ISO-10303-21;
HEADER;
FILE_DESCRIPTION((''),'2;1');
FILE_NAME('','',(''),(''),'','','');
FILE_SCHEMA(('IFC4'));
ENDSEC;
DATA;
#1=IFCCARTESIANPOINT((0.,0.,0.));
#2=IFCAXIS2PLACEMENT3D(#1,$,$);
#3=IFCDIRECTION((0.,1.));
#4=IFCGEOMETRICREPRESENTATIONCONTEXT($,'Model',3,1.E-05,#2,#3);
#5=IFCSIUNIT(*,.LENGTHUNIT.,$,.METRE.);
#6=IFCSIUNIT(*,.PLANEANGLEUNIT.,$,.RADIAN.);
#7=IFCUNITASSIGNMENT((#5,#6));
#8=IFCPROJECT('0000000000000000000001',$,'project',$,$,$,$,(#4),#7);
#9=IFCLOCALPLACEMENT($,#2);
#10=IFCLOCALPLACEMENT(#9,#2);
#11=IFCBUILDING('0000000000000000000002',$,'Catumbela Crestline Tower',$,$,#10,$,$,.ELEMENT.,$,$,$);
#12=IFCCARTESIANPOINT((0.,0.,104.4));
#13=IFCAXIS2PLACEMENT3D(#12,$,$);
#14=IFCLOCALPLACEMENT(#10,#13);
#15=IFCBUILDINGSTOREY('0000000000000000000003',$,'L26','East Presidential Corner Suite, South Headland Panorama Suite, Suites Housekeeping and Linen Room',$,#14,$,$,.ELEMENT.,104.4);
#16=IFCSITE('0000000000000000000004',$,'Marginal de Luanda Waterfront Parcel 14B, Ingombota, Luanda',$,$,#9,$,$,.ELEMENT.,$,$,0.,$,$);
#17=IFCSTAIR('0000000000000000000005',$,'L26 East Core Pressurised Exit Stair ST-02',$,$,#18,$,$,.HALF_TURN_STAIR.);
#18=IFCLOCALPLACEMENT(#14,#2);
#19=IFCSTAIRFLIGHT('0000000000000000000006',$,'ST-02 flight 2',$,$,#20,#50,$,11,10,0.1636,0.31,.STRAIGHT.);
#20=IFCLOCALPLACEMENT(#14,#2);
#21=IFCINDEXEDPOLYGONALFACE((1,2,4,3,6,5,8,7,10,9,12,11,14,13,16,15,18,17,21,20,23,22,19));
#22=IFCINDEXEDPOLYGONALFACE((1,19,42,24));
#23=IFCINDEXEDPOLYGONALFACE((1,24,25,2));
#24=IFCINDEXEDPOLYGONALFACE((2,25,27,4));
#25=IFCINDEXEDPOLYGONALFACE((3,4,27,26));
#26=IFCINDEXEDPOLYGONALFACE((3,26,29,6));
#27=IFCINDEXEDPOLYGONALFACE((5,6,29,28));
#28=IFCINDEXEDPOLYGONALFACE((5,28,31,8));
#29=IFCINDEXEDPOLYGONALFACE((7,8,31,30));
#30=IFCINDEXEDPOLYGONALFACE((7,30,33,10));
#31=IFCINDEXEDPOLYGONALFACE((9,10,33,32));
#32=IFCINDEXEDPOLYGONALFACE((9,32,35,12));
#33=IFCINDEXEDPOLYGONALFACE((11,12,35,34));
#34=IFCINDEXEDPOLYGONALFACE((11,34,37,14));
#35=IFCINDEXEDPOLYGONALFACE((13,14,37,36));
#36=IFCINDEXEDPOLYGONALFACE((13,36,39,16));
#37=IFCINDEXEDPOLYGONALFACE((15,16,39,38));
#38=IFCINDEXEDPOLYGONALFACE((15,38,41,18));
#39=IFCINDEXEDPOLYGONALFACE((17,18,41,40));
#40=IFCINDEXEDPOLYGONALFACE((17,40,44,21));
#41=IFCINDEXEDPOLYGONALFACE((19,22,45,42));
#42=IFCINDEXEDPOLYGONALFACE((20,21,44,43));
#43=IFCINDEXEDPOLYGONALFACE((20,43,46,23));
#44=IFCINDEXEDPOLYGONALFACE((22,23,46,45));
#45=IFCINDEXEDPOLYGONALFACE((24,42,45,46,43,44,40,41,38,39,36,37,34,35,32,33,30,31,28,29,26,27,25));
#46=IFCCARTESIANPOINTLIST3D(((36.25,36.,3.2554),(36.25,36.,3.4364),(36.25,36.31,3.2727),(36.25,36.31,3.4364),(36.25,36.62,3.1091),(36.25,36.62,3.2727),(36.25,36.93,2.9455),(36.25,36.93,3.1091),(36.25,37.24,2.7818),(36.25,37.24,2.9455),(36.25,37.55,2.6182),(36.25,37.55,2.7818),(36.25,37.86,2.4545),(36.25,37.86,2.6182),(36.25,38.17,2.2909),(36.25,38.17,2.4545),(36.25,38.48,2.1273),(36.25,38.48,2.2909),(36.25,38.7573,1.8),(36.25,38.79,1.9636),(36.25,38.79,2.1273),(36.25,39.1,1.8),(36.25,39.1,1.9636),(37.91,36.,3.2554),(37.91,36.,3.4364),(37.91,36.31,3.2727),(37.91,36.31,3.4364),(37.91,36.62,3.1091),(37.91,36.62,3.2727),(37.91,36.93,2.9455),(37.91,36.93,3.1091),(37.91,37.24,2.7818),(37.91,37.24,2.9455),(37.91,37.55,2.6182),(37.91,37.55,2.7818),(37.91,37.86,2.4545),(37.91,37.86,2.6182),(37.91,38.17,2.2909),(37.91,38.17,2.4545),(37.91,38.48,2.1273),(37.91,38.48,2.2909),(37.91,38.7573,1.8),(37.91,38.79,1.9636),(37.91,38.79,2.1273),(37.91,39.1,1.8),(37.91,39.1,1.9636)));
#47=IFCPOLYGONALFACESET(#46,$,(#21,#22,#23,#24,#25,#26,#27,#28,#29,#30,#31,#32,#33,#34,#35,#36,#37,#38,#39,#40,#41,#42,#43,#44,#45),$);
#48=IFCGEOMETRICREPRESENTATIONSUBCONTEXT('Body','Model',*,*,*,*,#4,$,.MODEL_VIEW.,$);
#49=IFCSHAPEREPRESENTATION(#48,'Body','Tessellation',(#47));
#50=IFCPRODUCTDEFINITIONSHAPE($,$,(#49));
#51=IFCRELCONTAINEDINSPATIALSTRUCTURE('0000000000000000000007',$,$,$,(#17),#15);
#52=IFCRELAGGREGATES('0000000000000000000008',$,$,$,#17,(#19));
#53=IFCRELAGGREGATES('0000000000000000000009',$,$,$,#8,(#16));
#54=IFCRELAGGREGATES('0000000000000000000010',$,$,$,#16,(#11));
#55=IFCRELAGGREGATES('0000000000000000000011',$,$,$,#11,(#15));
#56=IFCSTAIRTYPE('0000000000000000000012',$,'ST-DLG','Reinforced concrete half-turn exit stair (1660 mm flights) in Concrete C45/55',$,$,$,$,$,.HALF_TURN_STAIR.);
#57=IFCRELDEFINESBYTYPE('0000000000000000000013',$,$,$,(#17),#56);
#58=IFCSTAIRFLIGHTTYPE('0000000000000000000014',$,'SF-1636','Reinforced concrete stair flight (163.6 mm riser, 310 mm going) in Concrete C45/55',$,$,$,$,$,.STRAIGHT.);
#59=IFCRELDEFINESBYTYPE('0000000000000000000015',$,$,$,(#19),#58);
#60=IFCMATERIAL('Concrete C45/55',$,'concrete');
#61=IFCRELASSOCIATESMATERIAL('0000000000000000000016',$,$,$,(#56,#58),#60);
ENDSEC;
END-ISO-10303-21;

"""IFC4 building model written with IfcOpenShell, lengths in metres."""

from ifc_helpers import new_model, si_unit, direction, frame, origin, place, context, subcontext, project, spatial, polyline, outline, extrude, material, type_object, element, aggregate, save


model = new_model("IFC4")

# Units and contexts
model_context = context("Model", 3, precision=1e-05, world=origin(), true_north=direction((0.0, 1.0)))
body_context = subcontext(model_context, "Body", "Model", "MODEL_VIEW")
ifc_project = project(units=[si_unit("LENGTHUNIT", "METRE"), si_unit("PLANEANGLEUNIT", "RADIAN")], contexts=[model_context])

# Site, building, storey
site_placement = place(None, origin())
site = spatial("IfcSite", under=ifc_project, at=site_placement, Name="Marginal de Luanda Waterfront Parcel 14B, Ingombota, Luanda", CompositionType="ELEMENT", RefElevation=0.0)
building_placement = place(site_placement, origin())
building = spatial("IfcBuilding", under=site, at=building_placement, Name="Catumbela Crestline Tower", CompositionType="ELEMENT")
storey_placement = place(building_placement, frame((0.0, 0.0, 104.4)))
storey = spatial("IfcBuildingStorey", under=building, at=storey_placement, Name="L26", Description="East Presidential Corner Suite, South Headland Panorama Suite, Suites Housekeeping and Linen Room", CompositionType="ELEMENT", Elevation=104.4)

# Stair, stair flight
ifc_material_1 = material(Name="Concrete C45/55", Category="concrete")
stair_type = type_object("IfcStairType", Name="ST-DLG", Description="Reinforced concrete half-turn exit stair (1660 mm flights) in Concrete C45/55", PredefinedType="HALF_TURN_STAIR", material=ifc_material_1)
stair_placement = place(storey_placement, origin())
stair = element("IfcStair", 1, at=stair_placement, inside=storey, type_object=stair_type, Name="L26 East Core Pressurised Exit Stair ST-02", PredefinedType="HALF_TURN_STAIR")
stair_flight_type = type_object("IfcStairFlightType", Name="SF-1636", Description="Reinforced concrete stair flight (163.6 mm riser, 310 mm going) in Concrete C45/55", PredefinedType="STRAIGHT", material=ifc_material_1)
stair_flight_placement = place(storey_placement, frame((37.08, 39.1, 1.8), z_axis=(0.0, 0.0, 1.0), x_axis=(0.0, -1.0, 0.0)))
stair_flight = element("IfcStairFlight", 2, at=stair_flight_placement, type_object=stair_flight_type, Name="ST-02 flight 2", NumberOfRisers=11, NumberOfTreads=10, PredefinedType="STRAIGHT", RiserHeight=0.1636, TreadLength=0.31, context=body_context, shape_type="SweptSolid", body=[
    extrude(outline(polyline([(0.0, 0.0), (0.0, 0.1636), (0.31, 0.1636), (0.31, 0.3273), (0.62, 0.3273), (0.62, 0.4909), (0.93, 0.4909), (0.93, 0.6545), (1.24, 0.6545), (1.24, 0.8182), (1.55, 0.8182), (1.55, 0.9818), (1.86, 0.9818), (1.86, 1.1455), (2.17, 1.1455), (2.17, 1.3091), (2.48, 1.3091), (2.48, 1.4727), (2.79, 1.4727), (2.79, 1.6364), (3.1, 1.6364), (3.1, 1.8), (3.1, 1.4554), (0.3427, 0.0), (0.0, 0.0)])), frame((0.0, 0.83, 0.0), z_axis=(0.0, -1.0, 0.0), x_axis=(1.0, 0.0, 0.0)), (0.0, 0.0, 1.0), 1.66),
])
aggregate(stair, [stair_flight])

save(model, "model.ifc")
